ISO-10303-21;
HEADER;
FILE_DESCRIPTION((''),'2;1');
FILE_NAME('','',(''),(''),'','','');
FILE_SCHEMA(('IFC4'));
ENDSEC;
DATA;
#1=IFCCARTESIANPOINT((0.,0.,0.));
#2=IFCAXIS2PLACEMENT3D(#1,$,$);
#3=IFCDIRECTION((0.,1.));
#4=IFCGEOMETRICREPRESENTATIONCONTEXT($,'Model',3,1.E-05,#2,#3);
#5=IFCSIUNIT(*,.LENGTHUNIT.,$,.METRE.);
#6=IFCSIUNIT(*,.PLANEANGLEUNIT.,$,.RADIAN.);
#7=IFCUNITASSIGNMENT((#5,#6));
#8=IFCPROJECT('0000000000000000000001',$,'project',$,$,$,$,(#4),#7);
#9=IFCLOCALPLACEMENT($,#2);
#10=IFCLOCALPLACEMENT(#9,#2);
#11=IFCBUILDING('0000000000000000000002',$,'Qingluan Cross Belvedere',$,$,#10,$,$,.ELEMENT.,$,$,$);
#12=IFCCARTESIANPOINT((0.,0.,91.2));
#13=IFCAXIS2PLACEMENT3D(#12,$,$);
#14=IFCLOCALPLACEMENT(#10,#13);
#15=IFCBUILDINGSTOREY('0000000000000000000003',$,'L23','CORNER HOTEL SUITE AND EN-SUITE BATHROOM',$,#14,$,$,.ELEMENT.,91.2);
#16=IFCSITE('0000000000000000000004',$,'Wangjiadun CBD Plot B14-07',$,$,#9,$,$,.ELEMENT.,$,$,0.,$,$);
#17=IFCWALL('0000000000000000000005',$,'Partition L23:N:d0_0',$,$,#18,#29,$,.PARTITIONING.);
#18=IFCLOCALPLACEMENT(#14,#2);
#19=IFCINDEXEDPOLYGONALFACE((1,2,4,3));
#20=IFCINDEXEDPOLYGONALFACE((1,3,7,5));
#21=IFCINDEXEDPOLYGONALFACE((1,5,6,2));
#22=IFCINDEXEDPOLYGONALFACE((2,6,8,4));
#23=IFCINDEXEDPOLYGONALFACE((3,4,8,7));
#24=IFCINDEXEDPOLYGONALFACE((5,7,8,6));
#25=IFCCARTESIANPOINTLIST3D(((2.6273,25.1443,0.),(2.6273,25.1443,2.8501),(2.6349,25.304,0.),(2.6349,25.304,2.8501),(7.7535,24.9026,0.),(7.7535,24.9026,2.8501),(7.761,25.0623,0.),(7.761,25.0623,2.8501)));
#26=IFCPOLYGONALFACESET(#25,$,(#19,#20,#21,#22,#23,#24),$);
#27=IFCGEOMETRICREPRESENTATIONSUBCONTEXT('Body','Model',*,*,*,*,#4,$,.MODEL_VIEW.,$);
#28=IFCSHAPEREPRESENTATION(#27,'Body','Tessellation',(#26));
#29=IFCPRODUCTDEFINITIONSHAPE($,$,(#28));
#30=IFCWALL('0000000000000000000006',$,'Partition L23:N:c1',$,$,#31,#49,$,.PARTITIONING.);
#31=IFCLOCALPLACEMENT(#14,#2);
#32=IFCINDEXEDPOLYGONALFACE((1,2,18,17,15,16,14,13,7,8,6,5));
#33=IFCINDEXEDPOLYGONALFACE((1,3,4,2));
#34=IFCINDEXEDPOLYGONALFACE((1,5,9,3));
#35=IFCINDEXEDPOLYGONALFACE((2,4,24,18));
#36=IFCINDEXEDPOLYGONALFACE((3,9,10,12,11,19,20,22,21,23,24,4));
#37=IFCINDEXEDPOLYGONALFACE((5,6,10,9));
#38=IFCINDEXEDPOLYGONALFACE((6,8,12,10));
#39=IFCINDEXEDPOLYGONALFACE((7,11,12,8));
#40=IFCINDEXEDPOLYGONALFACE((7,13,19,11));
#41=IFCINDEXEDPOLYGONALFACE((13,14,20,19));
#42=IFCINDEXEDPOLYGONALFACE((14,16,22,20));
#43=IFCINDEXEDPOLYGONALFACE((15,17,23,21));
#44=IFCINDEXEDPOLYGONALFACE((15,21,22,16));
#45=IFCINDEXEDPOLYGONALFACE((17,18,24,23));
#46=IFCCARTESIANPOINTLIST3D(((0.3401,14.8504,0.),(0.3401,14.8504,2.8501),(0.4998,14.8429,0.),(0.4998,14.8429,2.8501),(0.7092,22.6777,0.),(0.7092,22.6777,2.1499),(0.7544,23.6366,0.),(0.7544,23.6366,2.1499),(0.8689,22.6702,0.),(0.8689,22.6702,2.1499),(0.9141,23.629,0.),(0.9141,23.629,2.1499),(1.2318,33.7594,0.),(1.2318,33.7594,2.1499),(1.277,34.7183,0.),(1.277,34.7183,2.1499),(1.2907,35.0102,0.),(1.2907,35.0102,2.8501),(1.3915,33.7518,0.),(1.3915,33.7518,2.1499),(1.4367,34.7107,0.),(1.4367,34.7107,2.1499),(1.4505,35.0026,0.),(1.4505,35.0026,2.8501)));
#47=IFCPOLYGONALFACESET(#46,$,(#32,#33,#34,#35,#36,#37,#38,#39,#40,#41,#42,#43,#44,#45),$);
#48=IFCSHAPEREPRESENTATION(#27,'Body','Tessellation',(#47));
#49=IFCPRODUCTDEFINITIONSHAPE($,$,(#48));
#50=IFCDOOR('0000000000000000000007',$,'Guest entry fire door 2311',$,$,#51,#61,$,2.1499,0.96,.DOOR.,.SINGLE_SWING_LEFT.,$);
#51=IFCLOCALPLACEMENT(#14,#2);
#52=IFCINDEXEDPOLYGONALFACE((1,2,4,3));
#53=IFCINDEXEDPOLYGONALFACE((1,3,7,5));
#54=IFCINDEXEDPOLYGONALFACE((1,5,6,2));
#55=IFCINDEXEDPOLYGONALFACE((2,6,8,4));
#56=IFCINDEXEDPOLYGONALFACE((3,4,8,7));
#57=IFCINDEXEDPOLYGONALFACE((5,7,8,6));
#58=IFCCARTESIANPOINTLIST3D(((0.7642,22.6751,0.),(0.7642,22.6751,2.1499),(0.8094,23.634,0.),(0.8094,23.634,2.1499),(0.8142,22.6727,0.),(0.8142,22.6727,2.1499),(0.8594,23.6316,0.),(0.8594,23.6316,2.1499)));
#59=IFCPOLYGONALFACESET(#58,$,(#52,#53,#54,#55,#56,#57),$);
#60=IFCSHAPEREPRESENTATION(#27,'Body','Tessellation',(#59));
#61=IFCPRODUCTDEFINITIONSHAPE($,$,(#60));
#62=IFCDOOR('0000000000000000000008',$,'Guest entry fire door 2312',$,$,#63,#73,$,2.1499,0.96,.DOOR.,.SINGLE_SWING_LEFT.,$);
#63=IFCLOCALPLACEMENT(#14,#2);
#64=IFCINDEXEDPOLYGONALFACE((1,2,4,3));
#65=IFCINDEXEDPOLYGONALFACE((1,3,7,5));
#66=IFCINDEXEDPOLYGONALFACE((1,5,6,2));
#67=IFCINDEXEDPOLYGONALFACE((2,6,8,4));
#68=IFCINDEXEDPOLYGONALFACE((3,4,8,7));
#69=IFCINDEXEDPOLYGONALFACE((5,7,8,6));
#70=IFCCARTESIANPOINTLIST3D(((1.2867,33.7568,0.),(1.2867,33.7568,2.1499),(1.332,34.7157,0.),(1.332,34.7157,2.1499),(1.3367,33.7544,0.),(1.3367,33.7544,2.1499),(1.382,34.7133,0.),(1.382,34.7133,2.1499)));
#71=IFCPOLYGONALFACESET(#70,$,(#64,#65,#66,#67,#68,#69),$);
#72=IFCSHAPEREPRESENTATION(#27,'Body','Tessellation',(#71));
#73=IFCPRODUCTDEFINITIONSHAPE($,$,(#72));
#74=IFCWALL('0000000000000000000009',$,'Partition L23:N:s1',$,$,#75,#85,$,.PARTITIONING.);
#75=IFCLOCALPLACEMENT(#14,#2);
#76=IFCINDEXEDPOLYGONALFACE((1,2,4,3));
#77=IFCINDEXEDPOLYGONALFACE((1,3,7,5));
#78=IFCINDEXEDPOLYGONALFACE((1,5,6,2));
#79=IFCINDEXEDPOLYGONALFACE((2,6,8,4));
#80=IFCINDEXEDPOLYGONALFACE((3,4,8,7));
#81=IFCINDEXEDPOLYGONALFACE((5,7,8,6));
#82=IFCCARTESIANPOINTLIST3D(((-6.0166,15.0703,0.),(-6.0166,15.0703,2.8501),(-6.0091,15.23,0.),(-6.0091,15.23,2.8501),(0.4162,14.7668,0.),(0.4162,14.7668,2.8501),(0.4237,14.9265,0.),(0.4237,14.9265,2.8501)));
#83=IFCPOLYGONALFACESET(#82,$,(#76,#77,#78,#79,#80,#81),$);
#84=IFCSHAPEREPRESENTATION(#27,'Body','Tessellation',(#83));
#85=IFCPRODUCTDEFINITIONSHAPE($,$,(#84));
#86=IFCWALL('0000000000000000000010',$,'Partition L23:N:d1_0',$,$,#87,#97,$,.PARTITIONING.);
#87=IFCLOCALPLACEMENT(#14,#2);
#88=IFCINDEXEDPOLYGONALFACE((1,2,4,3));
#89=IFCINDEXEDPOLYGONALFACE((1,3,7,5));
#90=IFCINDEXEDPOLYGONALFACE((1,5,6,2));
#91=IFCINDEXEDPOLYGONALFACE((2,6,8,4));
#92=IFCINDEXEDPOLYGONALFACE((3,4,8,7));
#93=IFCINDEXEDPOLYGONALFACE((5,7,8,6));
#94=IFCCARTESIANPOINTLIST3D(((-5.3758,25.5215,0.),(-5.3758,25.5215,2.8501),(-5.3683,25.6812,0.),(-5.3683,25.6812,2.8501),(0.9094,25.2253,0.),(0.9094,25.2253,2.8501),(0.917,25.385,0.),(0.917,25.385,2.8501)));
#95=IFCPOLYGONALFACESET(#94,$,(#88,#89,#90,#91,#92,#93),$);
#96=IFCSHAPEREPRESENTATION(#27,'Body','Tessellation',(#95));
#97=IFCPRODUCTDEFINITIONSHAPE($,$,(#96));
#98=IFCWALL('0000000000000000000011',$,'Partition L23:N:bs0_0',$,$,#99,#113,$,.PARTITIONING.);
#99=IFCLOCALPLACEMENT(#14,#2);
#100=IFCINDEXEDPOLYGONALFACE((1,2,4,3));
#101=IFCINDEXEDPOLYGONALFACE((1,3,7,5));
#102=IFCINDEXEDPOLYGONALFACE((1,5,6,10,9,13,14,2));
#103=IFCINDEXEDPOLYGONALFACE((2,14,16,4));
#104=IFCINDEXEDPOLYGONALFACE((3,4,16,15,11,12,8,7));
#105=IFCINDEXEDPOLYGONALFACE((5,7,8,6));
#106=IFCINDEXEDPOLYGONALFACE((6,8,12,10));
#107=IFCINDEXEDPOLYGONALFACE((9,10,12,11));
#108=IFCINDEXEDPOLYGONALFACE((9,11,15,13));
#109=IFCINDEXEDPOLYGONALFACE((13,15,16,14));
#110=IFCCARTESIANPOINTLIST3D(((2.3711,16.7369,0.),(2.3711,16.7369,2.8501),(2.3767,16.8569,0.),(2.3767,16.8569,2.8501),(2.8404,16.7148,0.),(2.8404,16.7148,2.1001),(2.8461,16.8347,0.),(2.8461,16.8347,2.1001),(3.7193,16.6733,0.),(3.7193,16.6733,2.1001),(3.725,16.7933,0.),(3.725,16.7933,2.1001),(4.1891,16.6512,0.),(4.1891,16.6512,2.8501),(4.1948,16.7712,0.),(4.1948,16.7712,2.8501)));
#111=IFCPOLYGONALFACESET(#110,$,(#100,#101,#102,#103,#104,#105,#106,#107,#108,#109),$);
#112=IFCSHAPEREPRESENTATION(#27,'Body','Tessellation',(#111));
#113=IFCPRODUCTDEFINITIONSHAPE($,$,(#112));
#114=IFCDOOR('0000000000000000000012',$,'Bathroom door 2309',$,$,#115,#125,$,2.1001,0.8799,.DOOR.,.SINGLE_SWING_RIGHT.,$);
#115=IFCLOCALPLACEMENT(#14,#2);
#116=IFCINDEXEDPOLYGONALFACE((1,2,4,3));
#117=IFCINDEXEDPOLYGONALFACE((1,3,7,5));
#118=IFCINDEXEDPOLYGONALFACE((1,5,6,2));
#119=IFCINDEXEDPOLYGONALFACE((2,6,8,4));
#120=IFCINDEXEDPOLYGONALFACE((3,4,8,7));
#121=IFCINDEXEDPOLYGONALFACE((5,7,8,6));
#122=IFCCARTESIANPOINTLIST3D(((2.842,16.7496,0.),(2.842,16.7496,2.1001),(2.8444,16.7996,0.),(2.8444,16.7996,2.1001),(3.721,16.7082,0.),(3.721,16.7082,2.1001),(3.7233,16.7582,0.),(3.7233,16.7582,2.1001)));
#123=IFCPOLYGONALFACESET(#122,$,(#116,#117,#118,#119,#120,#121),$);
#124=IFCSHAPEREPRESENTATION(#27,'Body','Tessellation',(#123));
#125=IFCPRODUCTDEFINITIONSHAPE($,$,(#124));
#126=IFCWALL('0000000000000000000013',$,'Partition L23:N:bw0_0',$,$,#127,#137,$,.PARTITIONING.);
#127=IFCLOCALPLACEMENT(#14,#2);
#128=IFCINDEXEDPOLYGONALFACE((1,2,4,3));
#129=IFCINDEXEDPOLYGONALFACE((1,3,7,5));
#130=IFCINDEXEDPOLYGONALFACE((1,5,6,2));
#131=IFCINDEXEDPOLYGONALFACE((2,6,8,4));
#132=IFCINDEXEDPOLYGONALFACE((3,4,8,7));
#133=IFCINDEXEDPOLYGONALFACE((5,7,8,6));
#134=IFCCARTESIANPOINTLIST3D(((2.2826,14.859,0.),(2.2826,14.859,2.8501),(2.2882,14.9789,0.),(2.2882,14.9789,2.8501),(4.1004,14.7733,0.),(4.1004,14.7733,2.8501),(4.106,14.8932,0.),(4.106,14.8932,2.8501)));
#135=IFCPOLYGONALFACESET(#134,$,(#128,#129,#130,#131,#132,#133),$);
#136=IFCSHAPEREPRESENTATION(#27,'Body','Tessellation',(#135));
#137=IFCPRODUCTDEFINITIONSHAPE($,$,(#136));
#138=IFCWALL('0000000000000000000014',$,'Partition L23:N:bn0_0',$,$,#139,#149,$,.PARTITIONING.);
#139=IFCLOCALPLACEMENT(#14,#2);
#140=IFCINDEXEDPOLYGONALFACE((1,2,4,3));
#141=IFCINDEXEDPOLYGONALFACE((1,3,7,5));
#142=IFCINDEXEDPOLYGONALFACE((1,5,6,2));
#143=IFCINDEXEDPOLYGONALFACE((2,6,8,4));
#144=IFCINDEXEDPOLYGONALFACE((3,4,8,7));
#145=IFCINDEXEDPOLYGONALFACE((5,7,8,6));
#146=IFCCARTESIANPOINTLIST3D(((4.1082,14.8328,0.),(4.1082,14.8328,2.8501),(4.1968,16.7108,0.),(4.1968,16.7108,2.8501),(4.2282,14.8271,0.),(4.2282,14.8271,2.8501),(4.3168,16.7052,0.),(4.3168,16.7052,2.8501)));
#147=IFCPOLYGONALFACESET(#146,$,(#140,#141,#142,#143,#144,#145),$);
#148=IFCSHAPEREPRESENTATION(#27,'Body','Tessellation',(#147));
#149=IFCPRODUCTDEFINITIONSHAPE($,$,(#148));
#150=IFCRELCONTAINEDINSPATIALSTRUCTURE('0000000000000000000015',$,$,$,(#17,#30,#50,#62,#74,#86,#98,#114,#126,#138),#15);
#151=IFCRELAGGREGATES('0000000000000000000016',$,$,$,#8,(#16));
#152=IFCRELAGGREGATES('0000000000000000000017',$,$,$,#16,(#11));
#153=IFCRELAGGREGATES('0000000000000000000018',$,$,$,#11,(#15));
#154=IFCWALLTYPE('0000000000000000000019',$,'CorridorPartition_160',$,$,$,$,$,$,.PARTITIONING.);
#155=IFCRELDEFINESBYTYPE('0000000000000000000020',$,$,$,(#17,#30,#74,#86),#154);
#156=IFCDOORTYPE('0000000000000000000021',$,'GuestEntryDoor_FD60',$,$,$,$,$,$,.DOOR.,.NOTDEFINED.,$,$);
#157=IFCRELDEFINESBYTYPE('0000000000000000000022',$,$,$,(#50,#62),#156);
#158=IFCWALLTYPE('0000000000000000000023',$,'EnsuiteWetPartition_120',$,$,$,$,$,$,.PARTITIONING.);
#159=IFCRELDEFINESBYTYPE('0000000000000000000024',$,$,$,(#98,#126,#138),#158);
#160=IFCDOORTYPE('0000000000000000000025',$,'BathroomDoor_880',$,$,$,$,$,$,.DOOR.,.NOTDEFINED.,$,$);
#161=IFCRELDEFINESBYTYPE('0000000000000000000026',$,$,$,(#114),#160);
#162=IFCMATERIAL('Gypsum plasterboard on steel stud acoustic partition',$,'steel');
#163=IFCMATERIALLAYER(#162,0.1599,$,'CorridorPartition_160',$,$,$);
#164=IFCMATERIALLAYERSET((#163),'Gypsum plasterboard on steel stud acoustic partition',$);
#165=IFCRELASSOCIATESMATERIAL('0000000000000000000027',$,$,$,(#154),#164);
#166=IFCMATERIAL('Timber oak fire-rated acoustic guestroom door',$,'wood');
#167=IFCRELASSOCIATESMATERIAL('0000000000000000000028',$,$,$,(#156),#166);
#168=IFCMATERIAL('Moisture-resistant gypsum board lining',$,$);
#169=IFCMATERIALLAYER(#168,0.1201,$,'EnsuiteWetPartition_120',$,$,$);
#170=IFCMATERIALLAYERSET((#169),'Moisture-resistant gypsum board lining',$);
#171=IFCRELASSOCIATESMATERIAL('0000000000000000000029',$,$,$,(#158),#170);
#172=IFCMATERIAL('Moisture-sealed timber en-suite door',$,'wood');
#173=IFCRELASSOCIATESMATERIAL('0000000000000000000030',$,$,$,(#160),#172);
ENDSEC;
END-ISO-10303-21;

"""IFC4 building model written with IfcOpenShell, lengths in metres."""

from ifc_helpers import new_model, si_unit, direction, frame, frame_2d, origin, place, context, subcontext, project, spatial, rectangle, extrude, material, layer, layer_set, type_object, element, fill, save


model = new_model("IFC4")

# Units and contexts
model_context = context("Model", 3, precision=1e-05, world=origin(), true_north=direction((0.0, 1.0)))
body_context = subcontext(model_context, "Body", "Model", "MODEL_VIEW")
ifc_project = project(units=[si_unit("LENGTHUNIT", "METRE"), si_unit("PLANEANGLEUNIT", "RADIAN")], contexts=[model_context])

# Site, building, storey
site_placement = place(None, origin())
site = spatial("IfcSite", under=ifc_project, at=site_placement, Name="Wangjiadun CBD Plot B14-07", CompositionType="ELEMENT", RefElevation=0.0)
building_placement = place(site_placement, origin())
building = spatial("IfcBuilding", under=site, at=building_placement, Name="Qingluan Cross Belvedere", CompositionType="ELEMENT")
storey_placement = place(building_placement, frame((0.0, 0.0, 91.2)))
storey = spatial("IfcBuildingStorey", under=building, at=storey_placement, Name="L23", Description="CORNER HOTEL SUITE AND EN-SUITE BATHROOM", CompositionType="ELEMENT", Elevation=91.2)

# Wall
ifc_material_1 = material(Name="Gypsum plasterboard on steel stud acoustic partition", Category="steel")
ifc_layer_1 = layer(ifc_material_1, 0.1599, Name="CorridorPartition_160")
ifc_layer_set_1 = layer_set([ifc_layer_1], Name="Gypsum plasterboard on steel stud acoustic partition")
wall_type_1 = type_object("IfcWallType", Name="CorridorPartition_160", PredefinedType="PARTITIONING", material=ifc_layer_set_1)
wall_1_placement = place(storey_placement, frame((2.6311, 25.2241, 0.0), z_axis=(0.0, 0.0, 1.0), x_axis=(0.99889, -0.047097, 0.0)))
element("IfcWall", 1, at=wall_1_placement, inside=storey, type_object=wall_type_1, Name="Partition L23:N:d0_0", PredefinedType="PARTITIONING", context=body_context, shape_type="SweptSolid", body=[
    extrude(rectangle(XDim=5.1318, YDim=0.1599, at=frame_2d((2.5659, 0.0))), origin(), (0.0, 0.0, 1.0), 2.8501),
])

# Wall, openings, doors
wall_2_placement = place(storey_placement, frame((0.4199, 14.8467, 0.0), z_axis=(0.0, 0.0, 1.0), x_axis=(0.047105, 0.99889, 0.0)))
wall_2 = element("IfcWall", 2, at=wall_2_placement, inside=storey, type_object=wall_type_1, Name="Partition L23:N:c1", PredefinedType="PARTITIONING", context=body_context, shape_type="SweptSolid", body=[
    extrude(rectangle(XDim=20.1821, YDim=0.1599, at=frame_2d((10.0911, 0.0))), origin(), (0.0, 0.0, 1.0), 2.8501),
])
opening_1_placement = place(wall_2_placement, frame((7.8359, 0.0, 0.0)))
opening_1 = element("IfcOpeningElement", 3, at=opening_1_placement, cuts=wall_2, PredefinedType="OPENING", context=body_context, shape_type="SweptSolid", body=[
    extrude(rectangle(XDim=0.96, YDim=2.1499, at=frame_2d((0.48, 1.075))), frame((0.0, 0.0898, 0.0), z_axis=(0.0, -1.0, 0.0), x_axis=(1.0, 0.0, 0.0)), (0.0, 0.0, 1.0), 0.1799),
])
opening_2_placement = place(wall_2_placement, frame((18.9299, 0.0, 0.0)))
opening_2 = element("IfcOpeningElement", 4, at=opening_2_placement, cuts=wall_2, PredefinedType="OPENING", context=body_context, shape_type="SweptSolid", body=[
    extrude(rectangle(XDim=0.96, YDim=2.1499, at=frame_2d((0.48, 1.075))), frame((0.0, 0.0898, 0.0), z_axis=(0.0, -1.0, 0.0), x_axis=(1.0, 0.0, 0.0)), (0.0, 0.0, 1.0), 0.1799),
])
ifc_material_2 = material(Name="Timber oak fire-rated acoustic guestroom door", Category="wood")
door_type_1 = type_object("IfcDoorType", Name="GuestEntryDoor_FD60", OperationType="NOTDEFINED", PredefinedType="DOOR", material=ifc_material_2)
door_1_placement = place(opening_1_placement, origin())
door_1 = element("IfcDoor", 5, at=door_1_placement, inside=storey, type_object=door_type_1, Name="Guest entry fire door 2311", OperationType="SINGLE_SWING_LEFT", OverallHeight=2.1499, OverallWidth=0.96, PredefinedType="DOOR", context=body_context, shape_type="SweptSolid", body=[
    extrude(rectangle(XDim=0.96, YDim=2.1499, at=frame_2d((0.48, 1.075))), frame((0.0, 0.0249, 0.0), z_axis=(0.0, -1.0, 0.0), x_axis=(1.0, 0.0, 0.0)), (0.0, 0.0, 1.0), 0.05),
])
fill(opening_1, door_1)
door_2_placement = place(opening_2_placement, origin())
door_2 = element("IfcDoor", 6, at=door_2_placement, inside=storey, type_object=door_type_1, Name="Guest entry fire door 2312", OperationType="SINGLE_SWING_LEFT", OverallHeight=2.1499, OverallWidth=0.96, PredefinedType="DOOR", context=body_context, shape_type="SweptSolid", body=[
    extrude(rectangle(XDim=0.96, YDim=2.1499, at=frame_2d((0.48, 1.075))), frame((0.0, 0.0249, 0.0), z_axis=(0.0, -1.0, 0.0), x_axis=(1.0, 0.0, 0.0)), (0.0, 0.0, 1.0), 0.05),
])
fill(opening_2, door_2)

# Walls
wall_3_placement = place(storey_placement, frame((0.4199, 14.8467, 0.0), z_axis=(0.0, 0.0, 1.0), x_axis=(-0.998889, 0.047122, 0.0)))
element("IfcWall", 7, at=wall_3_placement, inside=storey, type_object=wall_type_1, Name="Partition L23:N:s1", PredefinedType="PARTITIONING", context=body_context, shape_type="SweptSolid", body=[
    extrude(rectangle(XDim=6.4399, YDim=0.1599, at=frame_2d((3.22, 0.0))), origin(), (0.0, 0.0, 1.0), 2.8501),
])
wall_4_placement = place(storey_placement, frame((0.9131, 25.3052, 0.0), z_axis=(0.0, 0.0, 1.0), x_axis=(-0.998892, 0.047066, 0.0)))
element("IfcWall", 8, at=wall_4_placement, inside=storey, type_object=wall_type_1, Name="Partition L23:N:d1_0", PredefinedType="PARTITIONING", context=body_context, shape_type="SweptSolid", body=[
    extrude(rectangle(XDim=6.2922, YDim=0.1599, at=frame_2d((3.146, 0.0))), origin(), (0.0, 0.0, 1.0), 2.8501),
])

# Wall, opening, door
ifc_material_3 = material(Name="Moisture-resistant gypsum board lining")
ifc_layer_2 = layer(ifc_material_3, 0.1201, Name="EnsuiteWetPartition_120")
ifc_layer_set_2 = layer_set([ifc_layer_2], Name="Moisture-resistant gypsum board lining")
wall_type_2 = type_object("IfcWallType", Name="EnsuiteWetPartition_120", PredefinedType="PARTITIONING", material=ifc_layer_set_2)
wall_5_placement = place(storey_placement, frame((2.3738, 16.7969, 0.0), z_axis=(0.0, 0.0, 1.0), x_axis=(0.998891, -0.047081, 0.0)))
wall_5 = element("IfcWall", 9, at=wall_5_placement, inside=storey, type_object=wall_type_2, Name="Partition L23:N:bs0_0", PredefinedType="PARTITIONING", context=body_context, shape_type="SweptSolid", body=[
    extrude(rectangle(XDim=1.8201, YDim=0.1201, at=frame_2d((0.9102, 0.0))), origin(), (0.0, 0.0, 1.0), 2.8501),
])
opening_3_placement = place(wall_5_placement, frame((0.47, 0.0, 0.0)))
opening_3 = element("IfcOpeningElement", 10, at=opening_3_placement, cuts=wall_5, PredefinedType="OPENING", context=body_context, shape_type="SweptSolid", body=[
    extrude(rectangle(XDim=0.8799, YDim=2.1001, at=frame_2d((0.4399, 1.05))), frame((0.0, 0.0701, 0.0), z_axis=(0.0, -1.0, 0.0), x_axis=(1.0, 0.0, 0.0)), (0.0, 0.0, 1.0), 0.1401),
])
ifc_material_4 = material(Name="Moisture-sealed timber en-suite door", Category="wood")
door_type_2 = type_object("IfcDoorType", Name="BathroomDoor_880", OperationType="NOTDEFINED", PredefinedType="DOOR", material=ifc_material_4)
door_3_placement = place(opening_3_placement, origin())
door_3 = element("IfcDoor", 11, at=door_3_placement, inside=storey, type_object=door_type_2, Name="Bathroom door 2309", OperationType="SINGLE_SWING_RIGHT", OverallHeight=2.1001, OverallWidth=0.8799, PredefinedType="DOOR", context=body_context, shape_type="SweptSolid", body=[
    extrude(rectangle(XDim=0.8799, YDim=2.1001, at=frame_2d((0.4399, 1.05))), frame((0.0, 0.0249, 0.0), z_axis=(0.0, -1.0, 0.0), x_axis=(1.0, 0.0, 0.0)), (0.0, 0.0, 1.0), 0.05),
])
fill(opening_3, door_3)

# Walls
wall_6_placement = place(storey_placement, frame((2.2854, 14.9189, 0.0), z_axis=(0.0, 0.0, 1.0), x_axis=(0.998891, -0.047087, 0.0)))
element("IfcWall", 12, at=wall_6_placement, inside=storey, type_object=wall_type_2, Name="Partition L23:N:bw0_0", PredefinedType="PARTITIONING", context=body_context, shape_type="SweptSolid", body=[
    extrude(rectangle(XDim=1.8198, YDim=0.1201, at=frame_2d((0.9099, 0.0))), origin(), (0.0, 0.0, 1.0), 2.8501),
])
wall_7_placement = place(storey_placement, frame((4.1682, 14.8301, 0.0), z_axis=(0.0, 0.0, 1.0), x_axis=(0.047139, 0.998888, 0.0)))
element("IfcWall", 13, at=wall_7_placement, inside=storey, type_object=wall_type_2, Name="Partition L23:N:bn0_0", PredefinedType="PARTITIONING", context=body_context, shape_type="SweptSolid", body=[
    extrude(rectangle(XDim=1.8801, YDim=0.1201, at=frame_2d((0.9399, 0.0))), origin(), (0.0, 0.0, 1.0), 2.8501),
])

save(model, "model.ifc")
